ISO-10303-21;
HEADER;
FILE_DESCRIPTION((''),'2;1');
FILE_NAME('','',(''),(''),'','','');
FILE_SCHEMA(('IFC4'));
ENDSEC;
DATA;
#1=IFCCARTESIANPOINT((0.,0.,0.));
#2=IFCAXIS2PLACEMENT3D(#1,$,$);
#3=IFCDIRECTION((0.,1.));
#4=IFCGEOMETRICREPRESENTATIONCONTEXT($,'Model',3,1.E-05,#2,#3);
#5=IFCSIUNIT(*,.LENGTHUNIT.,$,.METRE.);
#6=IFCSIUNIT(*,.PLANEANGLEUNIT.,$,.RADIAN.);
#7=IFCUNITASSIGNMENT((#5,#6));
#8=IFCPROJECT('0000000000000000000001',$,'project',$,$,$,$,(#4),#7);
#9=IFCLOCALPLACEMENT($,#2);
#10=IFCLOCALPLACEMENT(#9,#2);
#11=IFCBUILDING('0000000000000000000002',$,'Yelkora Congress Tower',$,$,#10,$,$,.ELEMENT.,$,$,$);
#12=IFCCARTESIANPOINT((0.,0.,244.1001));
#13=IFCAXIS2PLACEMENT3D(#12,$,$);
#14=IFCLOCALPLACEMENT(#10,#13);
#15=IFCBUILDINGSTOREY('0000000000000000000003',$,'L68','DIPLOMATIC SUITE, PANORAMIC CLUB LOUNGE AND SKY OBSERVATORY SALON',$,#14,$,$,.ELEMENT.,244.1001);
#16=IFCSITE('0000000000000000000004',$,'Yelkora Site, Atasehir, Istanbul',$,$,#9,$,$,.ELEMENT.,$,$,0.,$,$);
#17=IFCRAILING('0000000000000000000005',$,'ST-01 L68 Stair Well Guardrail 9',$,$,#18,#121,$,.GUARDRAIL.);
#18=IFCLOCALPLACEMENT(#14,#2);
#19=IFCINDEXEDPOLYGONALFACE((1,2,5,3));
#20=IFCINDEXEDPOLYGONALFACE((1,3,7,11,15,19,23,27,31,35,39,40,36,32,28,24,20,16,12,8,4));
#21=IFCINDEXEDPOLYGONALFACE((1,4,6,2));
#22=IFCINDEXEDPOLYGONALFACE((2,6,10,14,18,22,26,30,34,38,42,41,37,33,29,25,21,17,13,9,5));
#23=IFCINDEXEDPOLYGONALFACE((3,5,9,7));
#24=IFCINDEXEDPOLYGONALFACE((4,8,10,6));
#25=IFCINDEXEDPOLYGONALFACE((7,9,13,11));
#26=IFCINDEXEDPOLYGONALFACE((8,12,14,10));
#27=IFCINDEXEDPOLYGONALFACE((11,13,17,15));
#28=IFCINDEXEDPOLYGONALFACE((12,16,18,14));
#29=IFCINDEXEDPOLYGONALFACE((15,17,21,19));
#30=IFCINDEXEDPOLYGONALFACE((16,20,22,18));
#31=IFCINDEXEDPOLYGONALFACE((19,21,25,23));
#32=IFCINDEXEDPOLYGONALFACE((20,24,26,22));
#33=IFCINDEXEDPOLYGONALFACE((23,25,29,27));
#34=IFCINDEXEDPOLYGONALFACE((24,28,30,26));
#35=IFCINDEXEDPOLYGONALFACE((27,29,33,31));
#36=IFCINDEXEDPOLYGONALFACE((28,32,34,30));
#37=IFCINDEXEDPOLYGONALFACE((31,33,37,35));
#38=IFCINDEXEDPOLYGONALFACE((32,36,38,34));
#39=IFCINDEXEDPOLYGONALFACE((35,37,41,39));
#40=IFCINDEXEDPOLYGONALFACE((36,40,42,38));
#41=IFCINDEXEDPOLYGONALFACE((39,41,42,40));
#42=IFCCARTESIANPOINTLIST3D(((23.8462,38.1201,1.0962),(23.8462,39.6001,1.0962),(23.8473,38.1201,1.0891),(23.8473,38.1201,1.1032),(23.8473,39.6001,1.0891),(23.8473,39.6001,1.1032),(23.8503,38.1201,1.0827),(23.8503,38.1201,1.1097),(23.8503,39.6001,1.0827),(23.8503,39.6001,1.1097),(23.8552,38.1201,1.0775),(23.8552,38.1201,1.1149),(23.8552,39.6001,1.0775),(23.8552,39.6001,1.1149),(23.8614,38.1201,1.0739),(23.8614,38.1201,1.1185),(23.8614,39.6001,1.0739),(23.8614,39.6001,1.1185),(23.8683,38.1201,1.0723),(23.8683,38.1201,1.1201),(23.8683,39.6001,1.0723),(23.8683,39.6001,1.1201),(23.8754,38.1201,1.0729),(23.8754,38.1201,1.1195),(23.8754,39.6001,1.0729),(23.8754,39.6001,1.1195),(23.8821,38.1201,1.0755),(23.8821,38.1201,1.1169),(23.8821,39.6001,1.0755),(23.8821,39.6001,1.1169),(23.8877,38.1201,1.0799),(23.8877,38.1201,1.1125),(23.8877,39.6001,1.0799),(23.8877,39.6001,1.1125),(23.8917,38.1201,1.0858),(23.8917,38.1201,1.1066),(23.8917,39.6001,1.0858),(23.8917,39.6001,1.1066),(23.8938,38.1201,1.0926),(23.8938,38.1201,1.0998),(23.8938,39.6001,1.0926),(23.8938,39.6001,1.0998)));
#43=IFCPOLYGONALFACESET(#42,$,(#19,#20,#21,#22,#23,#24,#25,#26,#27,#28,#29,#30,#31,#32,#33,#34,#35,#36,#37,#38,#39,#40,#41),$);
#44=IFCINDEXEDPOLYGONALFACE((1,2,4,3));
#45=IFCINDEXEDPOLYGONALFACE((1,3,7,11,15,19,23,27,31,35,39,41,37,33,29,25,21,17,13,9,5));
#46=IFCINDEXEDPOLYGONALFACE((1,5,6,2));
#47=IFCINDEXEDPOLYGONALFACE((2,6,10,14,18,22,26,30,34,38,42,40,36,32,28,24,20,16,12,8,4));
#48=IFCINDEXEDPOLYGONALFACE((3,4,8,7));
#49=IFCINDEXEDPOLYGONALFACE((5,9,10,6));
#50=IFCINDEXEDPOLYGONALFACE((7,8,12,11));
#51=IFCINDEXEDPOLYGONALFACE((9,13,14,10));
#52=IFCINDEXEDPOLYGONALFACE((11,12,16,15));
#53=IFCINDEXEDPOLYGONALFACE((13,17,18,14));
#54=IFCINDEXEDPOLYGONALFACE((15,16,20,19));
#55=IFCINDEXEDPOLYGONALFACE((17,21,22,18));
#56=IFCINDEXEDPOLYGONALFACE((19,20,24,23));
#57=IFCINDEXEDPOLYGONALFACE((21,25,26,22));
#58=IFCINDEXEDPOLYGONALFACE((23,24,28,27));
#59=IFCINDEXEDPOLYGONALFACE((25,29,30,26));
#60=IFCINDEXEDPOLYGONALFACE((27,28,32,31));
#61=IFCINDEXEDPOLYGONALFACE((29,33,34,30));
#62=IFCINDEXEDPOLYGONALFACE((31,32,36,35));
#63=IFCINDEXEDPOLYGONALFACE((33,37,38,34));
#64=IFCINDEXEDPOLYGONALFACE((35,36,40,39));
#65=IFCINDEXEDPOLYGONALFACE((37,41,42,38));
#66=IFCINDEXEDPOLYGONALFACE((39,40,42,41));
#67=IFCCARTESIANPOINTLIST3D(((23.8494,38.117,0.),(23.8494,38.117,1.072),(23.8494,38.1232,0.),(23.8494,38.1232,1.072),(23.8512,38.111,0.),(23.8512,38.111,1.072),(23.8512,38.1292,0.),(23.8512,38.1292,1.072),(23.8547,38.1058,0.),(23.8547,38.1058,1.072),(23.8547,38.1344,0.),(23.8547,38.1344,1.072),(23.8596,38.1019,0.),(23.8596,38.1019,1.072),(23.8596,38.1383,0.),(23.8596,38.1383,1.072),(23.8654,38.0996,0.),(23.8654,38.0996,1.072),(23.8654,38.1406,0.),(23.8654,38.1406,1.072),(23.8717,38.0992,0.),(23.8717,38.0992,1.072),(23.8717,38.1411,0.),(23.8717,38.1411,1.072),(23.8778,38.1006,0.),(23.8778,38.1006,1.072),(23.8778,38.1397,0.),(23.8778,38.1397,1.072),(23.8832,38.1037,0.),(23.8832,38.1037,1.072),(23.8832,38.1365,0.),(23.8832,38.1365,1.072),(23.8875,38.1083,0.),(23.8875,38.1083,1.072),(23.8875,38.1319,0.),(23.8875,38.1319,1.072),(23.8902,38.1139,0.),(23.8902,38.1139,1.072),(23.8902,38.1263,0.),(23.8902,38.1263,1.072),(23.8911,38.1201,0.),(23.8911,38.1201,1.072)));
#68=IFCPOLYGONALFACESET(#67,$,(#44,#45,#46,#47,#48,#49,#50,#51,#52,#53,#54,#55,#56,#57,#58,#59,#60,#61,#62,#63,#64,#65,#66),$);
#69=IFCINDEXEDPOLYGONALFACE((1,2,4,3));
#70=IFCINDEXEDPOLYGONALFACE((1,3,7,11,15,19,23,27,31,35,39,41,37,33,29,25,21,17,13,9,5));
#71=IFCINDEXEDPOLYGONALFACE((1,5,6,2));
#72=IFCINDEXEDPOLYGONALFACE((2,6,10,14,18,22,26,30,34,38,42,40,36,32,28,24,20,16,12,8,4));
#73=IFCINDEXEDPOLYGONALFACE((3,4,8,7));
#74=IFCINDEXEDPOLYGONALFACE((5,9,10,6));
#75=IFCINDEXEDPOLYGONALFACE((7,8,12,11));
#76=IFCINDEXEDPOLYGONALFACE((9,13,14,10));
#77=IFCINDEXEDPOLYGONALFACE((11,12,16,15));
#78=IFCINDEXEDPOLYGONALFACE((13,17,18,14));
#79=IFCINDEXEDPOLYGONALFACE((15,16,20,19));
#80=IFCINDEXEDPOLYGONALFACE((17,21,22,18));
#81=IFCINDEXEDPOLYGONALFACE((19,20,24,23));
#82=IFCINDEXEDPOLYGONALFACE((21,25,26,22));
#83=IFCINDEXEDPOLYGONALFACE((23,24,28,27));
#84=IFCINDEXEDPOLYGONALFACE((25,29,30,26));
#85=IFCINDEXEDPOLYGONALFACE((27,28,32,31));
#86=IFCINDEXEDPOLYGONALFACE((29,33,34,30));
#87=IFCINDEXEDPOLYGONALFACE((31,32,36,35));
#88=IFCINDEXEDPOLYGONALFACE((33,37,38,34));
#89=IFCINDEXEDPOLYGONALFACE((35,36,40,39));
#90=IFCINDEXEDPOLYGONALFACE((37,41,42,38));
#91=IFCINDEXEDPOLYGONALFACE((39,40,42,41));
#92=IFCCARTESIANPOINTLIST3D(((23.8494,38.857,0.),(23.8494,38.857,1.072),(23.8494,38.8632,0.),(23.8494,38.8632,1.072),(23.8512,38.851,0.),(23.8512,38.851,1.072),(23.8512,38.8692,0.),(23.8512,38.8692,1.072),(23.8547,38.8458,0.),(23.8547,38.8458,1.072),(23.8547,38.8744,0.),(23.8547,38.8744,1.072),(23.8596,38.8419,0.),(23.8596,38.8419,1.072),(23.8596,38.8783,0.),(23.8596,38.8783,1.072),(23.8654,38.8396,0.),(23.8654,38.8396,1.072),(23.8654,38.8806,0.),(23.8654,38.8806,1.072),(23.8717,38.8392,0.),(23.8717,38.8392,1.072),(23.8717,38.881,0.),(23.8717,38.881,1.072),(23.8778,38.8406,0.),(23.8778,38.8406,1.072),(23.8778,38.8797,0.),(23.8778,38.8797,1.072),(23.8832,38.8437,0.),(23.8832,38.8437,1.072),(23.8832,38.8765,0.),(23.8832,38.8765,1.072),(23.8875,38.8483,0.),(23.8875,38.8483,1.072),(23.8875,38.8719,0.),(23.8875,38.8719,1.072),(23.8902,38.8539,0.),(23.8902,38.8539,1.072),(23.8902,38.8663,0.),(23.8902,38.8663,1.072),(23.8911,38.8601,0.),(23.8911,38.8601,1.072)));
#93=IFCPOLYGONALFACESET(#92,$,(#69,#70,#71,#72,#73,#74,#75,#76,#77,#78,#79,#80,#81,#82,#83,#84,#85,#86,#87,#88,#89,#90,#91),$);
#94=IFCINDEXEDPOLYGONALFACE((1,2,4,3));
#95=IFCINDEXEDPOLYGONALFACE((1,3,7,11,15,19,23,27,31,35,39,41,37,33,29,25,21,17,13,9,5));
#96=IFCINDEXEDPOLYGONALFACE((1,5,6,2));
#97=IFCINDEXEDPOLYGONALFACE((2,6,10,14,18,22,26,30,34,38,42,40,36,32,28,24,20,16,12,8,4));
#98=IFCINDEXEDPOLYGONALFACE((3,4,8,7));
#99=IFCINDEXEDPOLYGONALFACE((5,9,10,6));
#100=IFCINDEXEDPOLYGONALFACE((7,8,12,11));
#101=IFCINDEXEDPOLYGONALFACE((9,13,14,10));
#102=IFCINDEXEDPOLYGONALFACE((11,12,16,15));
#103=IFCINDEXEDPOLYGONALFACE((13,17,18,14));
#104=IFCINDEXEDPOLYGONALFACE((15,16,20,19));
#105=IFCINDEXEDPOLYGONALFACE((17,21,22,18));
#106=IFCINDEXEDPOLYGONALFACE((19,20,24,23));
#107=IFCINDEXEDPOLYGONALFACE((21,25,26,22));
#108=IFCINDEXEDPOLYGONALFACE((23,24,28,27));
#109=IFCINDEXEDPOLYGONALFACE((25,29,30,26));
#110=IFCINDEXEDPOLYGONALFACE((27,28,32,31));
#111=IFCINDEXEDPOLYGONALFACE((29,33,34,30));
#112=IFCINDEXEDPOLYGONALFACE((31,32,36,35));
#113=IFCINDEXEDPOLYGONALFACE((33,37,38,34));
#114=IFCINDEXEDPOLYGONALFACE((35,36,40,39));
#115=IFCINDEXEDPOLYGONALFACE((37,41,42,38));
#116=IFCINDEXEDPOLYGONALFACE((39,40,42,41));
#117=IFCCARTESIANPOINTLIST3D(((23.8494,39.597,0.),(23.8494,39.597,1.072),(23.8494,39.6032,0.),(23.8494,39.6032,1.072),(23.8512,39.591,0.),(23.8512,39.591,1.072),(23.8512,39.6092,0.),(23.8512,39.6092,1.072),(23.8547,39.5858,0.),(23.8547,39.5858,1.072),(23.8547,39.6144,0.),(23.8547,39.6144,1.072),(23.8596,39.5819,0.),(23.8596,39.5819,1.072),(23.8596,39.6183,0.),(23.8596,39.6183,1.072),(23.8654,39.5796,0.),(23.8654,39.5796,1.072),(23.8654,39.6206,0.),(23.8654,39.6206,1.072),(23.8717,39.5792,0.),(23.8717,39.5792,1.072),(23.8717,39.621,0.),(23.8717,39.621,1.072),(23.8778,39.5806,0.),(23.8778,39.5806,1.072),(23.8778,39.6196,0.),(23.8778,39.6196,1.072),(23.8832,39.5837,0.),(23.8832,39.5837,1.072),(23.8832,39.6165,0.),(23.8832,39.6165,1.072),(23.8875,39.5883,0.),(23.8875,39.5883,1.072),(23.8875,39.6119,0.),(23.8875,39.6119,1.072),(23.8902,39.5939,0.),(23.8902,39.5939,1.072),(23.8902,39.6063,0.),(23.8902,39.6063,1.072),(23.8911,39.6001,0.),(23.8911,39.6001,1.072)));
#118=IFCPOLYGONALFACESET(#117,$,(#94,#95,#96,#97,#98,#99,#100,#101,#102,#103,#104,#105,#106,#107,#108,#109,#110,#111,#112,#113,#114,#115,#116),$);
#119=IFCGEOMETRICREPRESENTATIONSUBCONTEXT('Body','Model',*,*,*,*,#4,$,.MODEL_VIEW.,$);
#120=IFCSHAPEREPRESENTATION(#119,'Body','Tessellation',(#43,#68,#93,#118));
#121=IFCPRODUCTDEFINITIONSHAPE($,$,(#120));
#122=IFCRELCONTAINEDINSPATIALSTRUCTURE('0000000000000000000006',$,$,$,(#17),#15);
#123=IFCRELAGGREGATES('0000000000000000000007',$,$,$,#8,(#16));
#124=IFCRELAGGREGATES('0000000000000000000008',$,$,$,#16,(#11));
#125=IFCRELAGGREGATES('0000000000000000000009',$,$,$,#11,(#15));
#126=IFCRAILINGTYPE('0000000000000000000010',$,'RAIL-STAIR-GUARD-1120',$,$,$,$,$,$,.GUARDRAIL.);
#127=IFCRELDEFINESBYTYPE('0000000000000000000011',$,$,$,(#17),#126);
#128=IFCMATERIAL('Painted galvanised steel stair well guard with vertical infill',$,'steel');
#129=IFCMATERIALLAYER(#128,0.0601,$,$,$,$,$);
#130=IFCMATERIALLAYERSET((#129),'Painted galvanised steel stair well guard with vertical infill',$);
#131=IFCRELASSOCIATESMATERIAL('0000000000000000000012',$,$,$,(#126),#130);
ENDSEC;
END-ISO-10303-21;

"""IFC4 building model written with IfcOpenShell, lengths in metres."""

from ifc_helpers import new_model, si_unit, direction, frame, origin, origin_2d, place, context, subcontext, project, spatial, circle, extrude, material, layer, layer_set, type_object, element, save


model = new_model("IFC4")

# Units and contexts
model_context = context("Model", 3, precision=1e-05, world=origin(), true_north=direction((0.0, 1.0)))
body_context = subcontext(model_context, "Body", "Model", "MODEL_VIEW")
ifc_project = project(units=[si_unit("LENGTHUNIT", "METRE"), si_unit("PLANEANGLEUNIT", "RADIAN")], contexts=[model_context])

# Site, building, storey
site_placement = place(None, origin())
site = spatial("IfcSite", under=ifc_project, at=site_placement, Name="Yelkora Site, Atasehir, Istanbul", CompositionType="ELEMENT", RefElevation=0.0)
building_placement = place(site_placement, origin())
building = spatial("IfcBuilding", under=site, at=building_placement, Name="Yelkora Congress Tower", CompositionType="ELEMENT")
storey_placement = place(building_placement, frame((0.0, 0.0, 244.1001)))
storey = spatial("IfcBuildingStorey", under=building, at=storey_placement, Name="L68", Description="DIPLOMATIC SUITE, PANORAMIC CLUB LOUNGE AND SKY OBSERVATORY SALON", CompositionType="ELEMENT", Elevation=244.1001)

# Railing
ifc_material_1 = material(Name="Painted galvanised steel stair well guard with vertical infill", Category="steel")
ifc_layer_1 = layer(ifc_material_1, 0.0601)
ifc_layer_set_1 = layer_set([ifc_layer_1], Name="Painted galvanised steel stair well guard with vertical infill")
railing_type_1 = type_object("IfcRailingType", Name="RAIL-STAIR-GUARD-1120", PredefinedType="GUARDRAIL", material=ifc_layer_set_1)
railing_1_placement = place(storey_placement, frame((23.8701, 38.1201, 0.0)))
element("IfcRailing", 1, at=railing_1_placement, inside=storey, type_object=railing_type_1, Name="ST-01 L68 Stair Well Guardrail 9", PredefinedType="GUARDRAIL", context=body_context, shape_type="SweptSolid", body=[
    extrude(circle(Radius=0.0239, at=origin_2d()), frame((0.0, 0.0, 1.0962), z_axis=(0.0, 1.0, 0.0), x_axis=(-1.0, 0.0, 0.0)), (0.0, 0.0, 1.0), 1.48),
    extrude(circle(Radius=0.021, at=origin_2d()), origin(), (0.0, 0.0, 1.0), 1.072),
    extrude(circle(Radius=0.021, at=origin_2d()), frame((0.0, 0.74, 0.0)), (0.0, 0.0, 1.0), 1.072),
    extrude(circle(Radius=0.021, at=origin_2d()), frame((0.0, 1.48, 0.0)), (0.0, 0.0, 1.0), 1.072),
])

save(model, "model.ifc")
